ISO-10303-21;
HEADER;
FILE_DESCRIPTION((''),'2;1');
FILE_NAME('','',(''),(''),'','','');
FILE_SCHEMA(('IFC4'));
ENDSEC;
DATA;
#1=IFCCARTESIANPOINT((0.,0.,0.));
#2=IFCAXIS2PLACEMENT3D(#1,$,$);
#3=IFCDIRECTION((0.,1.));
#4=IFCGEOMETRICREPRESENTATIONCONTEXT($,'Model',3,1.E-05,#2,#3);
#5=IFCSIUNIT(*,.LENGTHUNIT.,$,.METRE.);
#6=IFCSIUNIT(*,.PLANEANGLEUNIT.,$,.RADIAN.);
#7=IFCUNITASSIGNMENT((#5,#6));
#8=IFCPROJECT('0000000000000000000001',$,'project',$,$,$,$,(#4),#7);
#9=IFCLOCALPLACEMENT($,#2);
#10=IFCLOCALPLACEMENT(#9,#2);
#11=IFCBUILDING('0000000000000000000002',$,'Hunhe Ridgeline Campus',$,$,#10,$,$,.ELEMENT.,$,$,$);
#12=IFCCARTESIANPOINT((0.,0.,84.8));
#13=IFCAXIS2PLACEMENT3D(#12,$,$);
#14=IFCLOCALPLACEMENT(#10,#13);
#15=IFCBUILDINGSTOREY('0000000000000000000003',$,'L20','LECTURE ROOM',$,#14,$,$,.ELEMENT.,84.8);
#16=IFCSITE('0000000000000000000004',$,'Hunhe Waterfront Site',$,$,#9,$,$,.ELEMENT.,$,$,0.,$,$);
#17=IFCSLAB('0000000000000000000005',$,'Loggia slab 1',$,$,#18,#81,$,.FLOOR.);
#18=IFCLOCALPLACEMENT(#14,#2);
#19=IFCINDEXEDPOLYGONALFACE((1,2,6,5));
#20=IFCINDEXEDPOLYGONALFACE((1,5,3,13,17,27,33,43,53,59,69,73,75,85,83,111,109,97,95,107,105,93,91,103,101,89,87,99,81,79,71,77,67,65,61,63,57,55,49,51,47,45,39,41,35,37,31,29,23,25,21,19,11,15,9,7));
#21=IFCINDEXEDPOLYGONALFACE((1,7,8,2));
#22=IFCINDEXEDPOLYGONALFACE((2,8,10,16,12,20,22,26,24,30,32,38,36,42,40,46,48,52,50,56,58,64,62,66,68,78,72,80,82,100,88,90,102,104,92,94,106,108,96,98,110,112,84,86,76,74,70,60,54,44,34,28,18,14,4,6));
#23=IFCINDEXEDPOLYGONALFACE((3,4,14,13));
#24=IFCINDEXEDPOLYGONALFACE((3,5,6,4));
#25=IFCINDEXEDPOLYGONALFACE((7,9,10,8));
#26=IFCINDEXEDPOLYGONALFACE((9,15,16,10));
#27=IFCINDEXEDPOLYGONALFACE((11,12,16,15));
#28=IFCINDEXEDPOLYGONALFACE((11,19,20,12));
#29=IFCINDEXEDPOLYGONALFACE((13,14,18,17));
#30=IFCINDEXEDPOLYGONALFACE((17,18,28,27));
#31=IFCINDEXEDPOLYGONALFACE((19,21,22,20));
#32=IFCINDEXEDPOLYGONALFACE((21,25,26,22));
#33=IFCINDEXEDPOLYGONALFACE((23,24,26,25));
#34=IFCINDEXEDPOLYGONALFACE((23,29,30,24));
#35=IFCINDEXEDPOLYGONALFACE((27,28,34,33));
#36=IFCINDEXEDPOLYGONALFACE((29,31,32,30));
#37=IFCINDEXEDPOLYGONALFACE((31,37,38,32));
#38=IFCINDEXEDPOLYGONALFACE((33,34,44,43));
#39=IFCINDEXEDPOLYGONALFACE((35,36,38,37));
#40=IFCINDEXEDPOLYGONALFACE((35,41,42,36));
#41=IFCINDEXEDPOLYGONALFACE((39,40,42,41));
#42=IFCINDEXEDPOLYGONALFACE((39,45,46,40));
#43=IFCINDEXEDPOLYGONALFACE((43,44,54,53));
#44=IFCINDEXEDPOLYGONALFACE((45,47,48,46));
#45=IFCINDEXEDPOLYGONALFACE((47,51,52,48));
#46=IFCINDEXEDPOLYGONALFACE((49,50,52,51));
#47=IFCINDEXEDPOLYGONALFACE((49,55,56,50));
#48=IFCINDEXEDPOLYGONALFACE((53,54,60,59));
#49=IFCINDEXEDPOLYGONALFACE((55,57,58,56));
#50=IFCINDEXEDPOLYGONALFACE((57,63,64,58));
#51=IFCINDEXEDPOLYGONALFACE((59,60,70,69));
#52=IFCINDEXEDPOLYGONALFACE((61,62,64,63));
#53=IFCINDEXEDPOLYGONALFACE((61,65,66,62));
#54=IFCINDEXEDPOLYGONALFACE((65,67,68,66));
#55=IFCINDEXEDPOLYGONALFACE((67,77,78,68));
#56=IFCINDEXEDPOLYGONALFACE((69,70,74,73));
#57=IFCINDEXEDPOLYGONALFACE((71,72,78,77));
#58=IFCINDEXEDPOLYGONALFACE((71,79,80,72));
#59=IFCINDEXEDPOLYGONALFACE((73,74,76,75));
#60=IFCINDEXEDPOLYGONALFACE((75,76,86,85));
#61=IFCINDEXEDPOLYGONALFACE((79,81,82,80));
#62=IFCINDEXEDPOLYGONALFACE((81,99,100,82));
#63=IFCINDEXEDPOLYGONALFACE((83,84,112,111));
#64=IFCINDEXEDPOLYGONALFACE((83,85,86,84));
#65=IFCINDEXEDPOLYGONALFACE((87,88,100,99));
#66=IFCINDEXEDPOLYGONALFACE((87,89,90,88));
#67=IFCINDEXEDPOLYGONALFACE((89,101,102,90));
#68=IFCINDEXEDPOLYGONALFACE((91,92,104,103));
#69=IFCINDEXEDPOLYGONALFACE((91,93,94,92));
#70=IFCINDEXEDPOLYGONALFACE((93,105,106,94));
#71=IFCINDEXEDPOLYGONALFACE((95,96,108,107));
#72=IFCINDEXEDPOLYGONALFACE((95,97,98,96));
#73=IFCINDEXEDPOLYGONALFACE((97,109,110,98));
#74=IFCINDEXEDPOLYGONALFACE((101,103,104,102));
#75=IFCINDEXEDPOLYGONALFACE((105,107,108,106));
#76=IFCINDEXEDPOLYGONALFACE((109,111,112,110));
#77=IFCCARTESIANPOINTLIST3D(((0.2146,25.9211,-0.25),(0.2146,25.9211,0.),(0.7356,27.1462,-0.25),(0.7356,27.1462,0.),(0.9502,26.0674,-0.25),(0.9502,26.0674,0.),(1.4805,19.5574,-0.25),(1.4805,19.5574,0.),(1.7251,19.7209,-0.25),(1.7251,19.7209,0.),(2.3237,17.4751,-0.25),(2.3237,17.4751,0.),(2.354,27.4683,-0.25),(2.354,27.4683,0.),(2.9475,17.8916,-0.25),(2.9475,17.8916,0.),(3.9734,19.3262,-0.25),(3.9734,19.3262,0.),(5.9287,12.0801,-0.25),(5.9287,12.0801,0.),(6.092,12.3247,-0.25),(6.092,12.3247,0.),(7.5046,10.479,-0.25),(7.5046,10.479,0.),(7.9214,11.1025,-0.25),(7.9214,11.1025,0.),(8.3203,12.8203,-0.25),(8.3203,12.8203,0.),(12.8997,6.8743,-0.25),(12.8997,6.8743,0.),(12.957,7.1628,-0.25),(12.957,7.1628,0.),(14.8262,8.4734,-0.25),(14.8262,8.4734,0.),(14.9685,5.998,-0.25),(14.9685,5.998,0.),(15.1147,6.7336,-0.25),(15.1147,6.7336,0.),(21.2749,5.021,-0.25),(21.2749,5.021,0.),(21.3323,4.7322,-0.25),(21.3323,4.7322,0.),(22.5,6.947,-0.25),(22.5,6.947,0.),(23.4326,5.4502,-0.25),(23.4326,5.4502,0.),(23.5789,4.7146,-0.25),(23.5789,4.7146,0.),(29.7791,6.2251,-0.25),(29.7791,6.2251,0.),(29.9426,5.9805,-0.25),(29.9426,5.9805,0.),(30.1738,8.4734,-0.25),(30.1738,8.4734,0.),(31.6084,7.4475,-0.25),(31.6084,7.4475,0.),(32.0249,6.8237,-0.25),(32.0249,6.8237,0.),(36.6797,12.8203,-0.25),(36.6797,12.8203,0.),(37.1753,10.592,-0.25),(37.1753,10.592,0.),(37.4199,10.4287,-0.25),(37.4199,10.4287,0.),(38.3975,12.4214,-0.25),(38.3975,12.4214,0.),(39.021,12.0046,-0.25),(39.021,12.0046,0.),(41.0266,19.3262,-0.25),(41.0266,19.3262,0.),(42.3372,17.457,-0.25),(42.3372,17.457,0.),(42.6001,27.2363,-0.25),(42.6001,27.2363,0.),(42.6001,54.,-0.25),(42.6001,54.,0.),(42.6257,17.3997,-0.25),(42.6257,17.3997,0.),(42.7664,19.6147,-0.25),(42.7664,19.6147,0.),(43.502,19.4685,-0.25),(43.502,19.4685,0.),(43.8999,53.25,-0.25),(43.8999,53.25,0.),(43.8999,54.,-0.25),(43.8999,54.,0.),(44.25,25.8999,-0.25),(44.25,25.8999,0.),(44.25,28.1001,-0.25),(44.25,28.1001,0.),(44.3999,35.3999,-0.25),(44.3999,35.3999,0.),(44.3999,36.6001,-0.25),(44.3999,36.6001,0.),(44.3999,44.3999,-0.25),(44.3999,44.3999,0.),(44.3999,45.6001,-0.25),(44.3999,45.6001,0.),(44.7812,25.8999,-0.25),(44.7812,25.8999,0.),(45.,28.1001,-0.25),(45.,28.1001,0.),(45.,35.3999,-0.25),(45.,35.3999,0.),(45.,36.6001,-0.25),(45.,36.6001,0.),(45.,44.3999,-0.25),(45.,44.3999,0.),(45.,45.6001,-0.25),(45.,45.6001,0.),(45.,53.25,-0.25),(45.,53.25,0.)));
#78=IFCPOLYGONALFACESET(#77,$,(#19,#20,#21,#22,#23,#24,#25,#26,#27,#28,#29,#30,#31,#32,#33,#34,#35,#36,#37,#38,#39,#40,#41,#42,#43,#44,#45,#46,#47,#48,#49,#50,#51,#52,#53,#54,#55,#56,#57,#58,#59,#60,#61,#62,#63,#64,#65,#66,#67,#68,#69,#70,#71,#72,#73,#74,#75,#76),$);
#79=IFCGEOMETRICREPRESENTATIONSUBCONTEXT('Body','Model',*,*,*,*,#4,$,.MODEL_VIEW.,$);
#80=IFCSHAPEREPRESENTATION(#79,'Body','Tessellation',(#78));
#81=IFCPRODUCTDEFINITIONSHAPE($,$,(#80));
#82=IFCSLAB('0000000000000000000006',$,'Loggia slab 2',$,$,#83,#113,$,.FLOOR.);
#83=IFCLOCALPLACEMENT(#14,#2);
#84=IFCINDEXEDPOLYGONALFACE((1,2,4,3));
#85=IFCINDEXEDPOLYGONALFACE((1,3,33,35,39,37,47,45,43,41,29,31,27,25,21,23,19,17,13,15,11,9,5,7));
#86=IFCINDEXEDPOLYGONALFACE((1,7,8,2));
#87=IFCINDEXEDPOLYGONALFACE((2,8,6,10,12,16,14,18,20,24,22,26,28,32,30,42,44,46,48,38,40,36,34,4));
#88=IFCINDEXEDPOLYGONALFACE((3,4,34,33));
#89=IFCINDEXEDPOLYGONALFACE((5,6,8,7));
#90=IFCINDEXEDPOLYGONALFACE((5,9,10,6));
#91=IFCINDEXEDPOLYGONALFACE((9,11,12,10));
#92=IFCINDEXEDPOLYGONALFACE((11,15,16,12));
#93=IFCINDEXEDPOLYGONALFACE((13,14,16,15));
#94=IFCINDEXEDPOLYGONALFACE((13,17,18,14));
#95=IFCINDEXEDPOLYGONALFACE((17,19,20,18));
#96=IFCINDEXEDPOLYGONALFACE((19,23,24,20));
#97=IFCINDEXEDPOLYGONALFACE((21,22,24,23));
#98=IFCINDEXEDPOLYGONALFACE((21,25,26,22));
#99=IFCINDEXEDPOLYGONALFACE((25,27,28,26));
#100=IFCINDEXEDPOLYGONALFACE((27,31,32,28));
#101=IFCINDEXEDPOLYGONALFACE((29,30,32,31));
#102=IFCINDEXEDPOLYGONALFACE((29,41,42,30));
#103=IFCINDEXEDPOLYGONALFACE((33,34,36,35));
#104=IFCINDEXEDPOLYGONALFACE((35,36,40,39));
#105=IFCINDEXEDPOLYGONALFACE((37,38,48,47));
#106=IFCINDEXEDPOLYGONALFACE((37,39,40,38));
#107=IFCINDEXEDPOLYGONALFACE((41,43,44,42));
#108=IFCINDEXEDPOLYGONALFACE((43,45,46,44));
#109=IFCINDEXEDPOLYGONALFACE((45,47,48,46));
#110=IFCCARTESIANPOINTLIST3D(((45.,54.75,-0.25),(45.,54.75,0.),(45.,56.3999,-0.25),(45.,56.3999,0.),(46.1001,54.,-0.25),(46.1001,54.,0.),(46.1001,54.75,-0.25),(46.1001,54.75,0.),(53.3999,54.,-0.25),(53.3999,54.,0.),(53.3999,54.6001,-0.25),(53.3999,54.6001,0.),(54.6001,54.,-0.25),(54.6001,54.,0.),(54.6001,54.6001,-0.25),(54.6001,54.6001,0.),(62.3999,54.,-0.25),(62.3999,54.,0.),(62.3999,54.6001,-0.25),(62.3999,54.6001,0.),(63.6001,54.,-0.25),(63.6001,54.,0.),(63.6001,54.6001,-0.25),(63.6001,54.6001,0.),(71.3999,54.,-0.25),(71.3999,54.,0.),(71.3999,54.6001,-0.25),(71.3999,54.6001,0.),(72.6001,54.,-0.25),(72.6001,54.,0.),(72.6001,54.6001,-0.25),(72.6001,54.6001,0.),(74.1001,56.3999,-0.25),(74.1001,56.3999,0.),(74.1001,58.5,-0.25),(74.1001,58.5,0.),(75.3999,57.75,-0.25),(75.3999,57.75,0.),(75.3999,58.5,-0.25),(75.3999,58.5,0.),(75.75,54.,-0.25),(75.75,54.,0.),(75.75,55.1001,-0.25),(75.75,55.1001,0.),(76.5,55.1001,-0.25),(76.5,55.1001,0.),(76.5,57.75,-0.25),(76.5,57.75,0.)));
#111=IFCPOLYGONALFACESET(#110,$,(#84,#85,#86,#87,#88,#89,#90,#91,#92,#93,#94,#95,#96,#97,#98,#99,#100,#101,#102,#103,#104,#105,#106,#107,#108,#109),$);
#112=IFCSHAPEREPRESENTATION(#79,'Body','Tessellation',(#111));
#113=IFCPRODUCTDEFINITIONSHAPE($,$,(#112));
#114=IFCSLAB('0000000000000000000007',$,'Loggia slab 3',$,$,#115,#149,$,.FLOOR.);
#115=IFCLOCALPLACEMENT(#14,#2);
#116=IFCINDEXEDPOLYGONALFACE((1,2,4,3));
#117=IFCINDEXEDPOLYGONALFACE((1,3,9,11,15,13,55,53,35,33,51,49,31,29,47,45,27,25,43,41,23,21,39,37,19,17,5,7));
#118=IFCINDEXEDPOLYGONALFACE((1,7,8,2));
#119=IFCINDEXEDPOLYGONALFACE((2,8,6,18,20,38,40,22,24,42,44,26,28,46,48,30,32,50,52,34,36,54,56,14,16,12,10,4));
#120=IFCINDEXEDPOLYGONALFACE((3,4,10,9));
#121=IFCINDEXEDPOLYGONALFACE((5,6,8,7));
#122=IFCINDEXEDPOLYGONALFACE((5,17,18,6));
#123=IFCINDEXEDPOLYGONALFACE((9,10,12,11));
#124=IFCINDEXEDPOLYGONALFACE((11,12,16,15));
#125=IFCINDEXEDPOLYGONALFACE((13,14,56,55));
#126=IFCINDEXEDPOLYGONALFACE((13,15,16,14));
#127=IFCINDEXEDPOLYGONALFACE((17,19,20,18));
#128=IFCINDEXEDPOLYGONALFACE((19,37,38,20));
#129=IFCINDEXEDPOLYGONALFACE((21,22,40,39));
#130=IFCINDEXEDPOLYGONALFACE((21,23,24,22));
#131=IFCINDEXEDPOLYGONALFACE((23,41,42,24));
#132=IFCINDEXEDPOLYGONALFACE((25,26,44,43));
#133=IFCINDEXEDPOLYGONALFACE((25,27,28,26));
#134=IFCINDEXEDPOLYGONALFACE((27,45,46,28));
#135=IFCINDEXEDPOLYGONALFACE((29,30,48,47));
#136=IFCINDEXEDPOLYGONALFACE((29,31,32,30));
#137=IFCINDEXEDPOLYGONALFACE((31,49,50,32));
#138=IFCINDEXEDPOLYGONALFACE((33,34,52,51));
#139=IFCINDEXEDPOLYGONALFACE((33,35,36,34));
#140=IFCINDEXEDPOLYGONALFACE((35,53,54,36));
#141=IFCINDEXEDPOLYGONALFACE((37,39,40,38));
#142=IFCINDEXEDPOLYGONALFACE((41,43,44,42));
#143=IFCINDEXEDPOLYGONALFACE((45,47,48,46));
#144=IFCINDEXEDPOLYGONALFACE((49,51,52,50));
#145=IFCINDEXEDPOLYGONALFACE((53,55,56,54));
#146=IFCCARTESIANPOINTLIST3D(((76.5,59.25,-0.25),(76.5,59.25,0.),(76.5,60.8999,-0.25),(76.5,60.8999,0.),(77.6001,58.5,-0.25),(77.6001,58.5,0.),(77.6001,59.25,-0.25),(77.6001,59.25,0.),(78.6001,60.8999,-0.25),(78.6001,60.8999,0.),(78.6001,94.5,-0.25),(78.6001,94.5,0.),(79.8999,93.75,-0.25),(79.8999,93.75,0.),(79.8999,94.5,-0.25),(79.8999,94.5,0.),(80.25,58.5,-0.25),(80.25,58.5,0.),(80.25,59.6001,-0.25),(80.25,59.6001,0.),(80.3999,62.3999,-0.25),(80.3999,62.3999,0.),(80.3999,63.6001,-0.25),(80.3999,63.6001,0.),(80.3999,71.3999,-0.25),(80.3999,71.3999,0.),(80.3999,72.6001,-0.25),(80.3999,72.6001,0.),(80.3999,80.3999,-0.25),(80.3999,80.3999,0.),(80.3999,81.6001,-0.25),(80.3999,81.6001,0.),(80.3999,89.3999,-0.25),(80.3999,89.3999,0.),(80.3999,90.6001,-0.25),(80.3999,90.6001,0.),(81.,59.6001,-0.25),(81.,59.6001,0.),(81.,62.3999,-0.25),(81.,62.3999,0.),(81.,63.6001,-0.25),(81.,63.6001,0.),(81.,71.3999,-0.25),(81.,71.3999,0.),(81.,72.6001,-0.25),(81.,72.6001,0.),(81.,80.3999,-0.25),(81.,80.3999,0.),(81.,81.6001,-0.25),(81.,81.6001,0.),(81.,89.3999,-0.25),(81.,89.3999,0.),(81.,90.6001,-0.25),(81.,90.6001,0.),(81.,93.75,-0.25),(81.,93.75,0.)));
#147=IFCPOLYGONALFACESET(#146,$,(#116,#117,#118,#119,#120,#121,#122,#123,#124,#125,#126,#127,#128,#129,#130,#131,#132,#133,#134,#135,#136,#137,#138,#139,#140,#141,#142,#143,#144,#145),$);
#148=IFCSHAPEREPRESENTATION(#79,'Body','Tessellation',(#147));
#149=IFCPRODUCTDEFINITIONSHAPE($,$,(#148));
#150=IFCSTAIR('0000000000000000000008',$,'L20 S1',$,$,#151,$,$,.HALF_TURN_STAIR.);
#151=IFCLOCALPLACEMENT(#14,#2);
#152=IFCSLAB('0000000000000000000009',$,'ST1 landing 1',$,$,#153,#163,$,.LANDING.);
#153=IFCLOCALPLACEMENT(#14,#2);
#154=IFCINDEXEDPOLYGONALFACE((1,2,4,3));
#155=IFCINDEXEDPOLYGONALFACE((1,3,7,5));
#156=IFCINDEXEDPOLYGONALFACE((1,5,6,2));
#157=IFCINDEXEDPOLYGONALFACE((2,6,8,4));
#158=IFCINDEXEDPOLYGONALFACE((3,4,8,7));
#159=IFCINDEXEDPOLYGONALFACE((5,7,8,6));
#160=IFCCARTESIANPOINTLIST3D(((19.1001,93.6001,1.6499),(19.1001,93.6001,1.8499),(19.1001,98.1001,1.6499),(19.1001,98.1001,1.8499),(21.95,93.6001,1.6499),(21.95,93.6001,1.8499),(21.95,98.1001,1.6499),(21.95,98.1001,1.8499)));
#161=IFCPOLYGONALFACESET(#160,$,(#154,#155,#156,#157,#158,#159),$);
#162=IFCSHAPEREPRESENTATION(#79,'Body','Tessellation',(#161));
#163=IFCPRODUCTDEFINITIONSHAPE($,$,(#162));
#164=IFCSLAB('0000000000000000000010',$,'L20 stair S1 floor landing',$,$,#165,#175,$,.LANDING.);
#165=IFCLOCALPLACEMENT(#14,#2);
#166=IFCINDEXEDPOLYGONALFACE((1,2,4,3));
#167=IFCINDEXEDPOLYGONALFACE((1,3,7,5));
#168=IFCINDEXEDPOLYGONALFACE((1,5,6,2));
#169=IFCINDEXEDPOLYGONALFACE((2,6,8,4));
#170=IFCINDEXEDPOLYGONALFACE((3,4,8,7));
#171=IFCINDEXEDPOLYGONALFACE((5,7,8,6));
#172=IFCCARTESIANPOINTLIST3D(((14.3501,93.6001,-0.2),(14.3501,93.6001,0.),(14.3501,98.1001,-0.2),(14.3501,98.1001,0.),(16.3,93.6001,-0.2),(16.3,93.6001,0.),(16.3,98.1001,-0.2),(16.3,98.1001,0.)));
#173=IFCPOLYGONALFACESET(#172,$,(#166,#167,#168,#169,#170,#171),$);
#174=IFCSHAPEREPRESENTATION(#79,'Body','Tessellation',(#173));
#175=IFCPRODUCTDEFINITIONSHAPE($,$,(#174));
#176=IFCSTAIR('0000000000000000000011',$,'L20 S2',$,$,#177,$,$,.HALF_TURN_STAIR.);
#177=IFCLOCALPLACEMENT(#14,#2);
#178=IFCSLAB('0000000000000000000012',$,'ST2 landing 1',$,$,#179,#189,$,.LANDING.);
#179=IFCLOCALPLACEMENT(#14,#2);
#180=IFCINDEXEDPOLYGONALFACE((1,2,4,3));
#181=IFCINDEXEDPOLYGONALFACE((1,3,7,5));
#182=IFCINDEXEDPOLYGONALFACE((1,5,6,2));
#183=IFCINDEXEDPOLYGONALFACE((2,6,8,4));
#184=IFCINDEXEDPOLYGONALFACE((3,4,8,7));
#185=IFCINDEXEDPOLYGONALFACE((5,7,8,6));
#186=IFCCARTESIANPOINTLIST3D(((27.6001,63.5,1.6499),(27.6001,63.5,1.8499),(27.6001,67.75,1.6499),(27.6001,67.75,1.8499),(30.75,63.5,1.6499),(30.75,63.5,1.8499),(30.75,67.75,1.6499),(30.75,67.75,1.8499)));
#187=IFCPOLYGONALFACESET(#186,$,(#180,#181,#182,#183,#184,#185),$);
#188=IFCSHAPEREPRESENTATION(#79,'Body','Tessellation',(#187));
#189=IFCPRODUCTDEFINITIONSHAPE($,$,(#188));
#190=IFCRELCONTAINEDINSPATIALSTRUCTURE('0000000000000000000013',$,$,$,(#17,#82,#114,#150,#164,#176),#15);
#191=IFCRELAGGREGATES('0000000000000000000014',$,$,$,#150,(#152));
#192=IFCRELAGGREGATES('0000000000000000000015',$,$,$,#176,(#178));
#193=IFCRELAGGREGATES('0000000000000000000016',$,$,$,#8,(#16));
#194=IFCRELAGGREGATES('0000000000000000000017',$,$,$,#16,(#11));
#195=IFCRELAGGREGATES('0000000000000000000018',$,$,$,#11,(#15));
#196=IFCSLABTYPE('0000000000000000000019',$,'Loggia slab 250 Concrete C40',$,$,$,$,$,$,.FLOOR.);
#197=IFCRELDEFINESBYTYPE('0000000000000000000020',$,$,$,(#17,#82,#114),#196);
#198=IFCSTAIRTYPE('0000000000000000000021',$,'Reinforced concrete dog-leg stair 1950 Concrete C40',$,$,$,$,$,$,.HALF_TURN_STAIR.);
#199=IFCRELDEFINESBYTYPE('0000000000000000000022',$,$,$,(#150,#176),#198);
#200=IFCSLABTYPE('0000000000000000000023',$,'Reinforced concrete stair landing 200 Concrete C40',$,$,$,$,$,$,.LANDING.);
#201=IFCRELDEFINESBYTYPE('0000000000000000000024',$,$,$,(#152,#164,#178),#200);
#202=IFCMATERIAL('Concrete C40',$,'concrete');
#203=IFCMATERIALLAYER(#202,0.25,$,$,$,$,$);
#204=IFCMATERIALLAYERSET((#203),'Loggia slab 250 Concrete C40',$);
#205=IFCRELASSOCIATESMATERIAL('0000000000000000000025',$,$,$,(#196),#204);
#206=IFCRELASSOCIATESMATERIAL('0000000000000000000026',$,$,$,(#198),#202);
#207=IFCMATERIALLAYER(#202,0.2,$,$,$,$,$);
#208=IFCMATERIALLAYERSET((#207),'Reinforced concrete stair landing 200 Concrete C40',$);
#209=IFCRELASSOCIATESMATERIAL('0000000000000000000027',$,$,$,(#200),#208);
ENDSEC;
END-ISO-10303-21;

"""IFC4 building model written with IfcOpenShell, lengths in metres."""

from ifc_helpers import new_model, si_unit, direction, frame, origin, place, context, subcontext, project, spatial, polyline, outline, extrude, material, layer, layer_set, type_object, element, aggregate, save


model = new_model("IFC4")

# Units and contexts
model_context = context("Model", 3, precision=1e-05, world=origin(), true_north=direction((0.0, 1.0)))
body_context = subcontext(model_context, "Body", "Model", "MODEL_VIEW")
ifc_project = project(units=[si_unit("LENGTHUNIT", "METRE"), si_unit("PLANEANGLEUNIT", "RADIAN")], contexts=[model_context])

# Site, building, storey
site_placement = place(None, origin())
site = spatial("IfcSite", under=ifc_project, at=site_placement, Name="Hunhe Waterfront Site", CompositionType="ELEMENT", RefElevation=0.0)
building_placement = place(site_placement, origin())
building = spatial("IfcBuilding", under=site, at=building_placement, Name="Hunhe Ridgeline Campus", CompositionType="ELEMENT")
storey_placement = place(building_placement, frame((0.0, 0.0, 84.8)))
storey = spatial("IfcBuildingStorey", under=building, at=storey_placement, Name="L20", Description="LECTURE ROOM", CompositionType="ELEMENT", Elevation=84.8)

# Slabs
ifc_material_1 = material(Name="Concrete C40", Category="concrete")
ifc_layer_1 = layer(ifc_material_1, 0.25)
ifc_layer_set_1 = layer_set([ifc_layer_1], Name="Loggia slab 250 Concrete C40")
slab_type_1 = type_object("IfcSlabType", Name="Loggia slab 250 Concrete C40", PredefinedType="FLOOR", material=ifc_layer_set_1)
slab_1_placement = place(storey_placement, frame((0.0, 0.0, -0.25)))
element("IfcSlab", 1, at=slab_1_placement, inside=storey, type_object=slab_type_1, Name="Loggia slab 1", PredefinedType="FLOOR", context=body_context, shape_type="SweptSolid", body=[
    extrude(outline(polyline([(30.1738, 8.4734), (22.5, 6.947), (14.8262, 8.4734), (8.3203, 12.8203), (3.9734, 19.3262), (2.354, 27.4683), (0.7356, 27.1462), (0.9502, 26.0674), (0.2146, 25.9211), (1.4805, 19.5574), (1.7251, 19.7209), (2.9475, 17.8916), (2.3237, 17.4751), (5.9287, 12.0801), (6.092, 12.3247), (7.9214, 11.1025), (7.5046, 10.479), (12.8997, 6.8743), (12.957, 7.1628), (15.1147, 6.7336), (14.9685, 5.998), (21.3323, 4.7322), (21.2749, 5.021), (23.4326, 5.4502), (23.5789, 4.7146), (29.9426, 5.9805), (29.7791, 6.2251), (31.6084, 7.4475), (32.0249, 6.8237), (37.4199, 10.4287), (37.1753, 10.592), (38.3975, 12.4214), (39.021, 12.0046), (42.6257, 17.3997), (42.3372, 17.457), (42.7664, 19.6147), (43.502, 19.4685), (44.7812, 25.8999), (44.25, 25.8999), (44.25, 28.1001), (45.0, 28.1001), (45.0, 35.3999), (44.3999, 35.3999), (44.3999, 36.6001), (45.0, 36.6001), (45.0, 44.3999), (44.3999, 44.3999), (44.3999, 45.6001), (45.0, 45.6001), (45.0, 53.25), (43.8999, 53.25), (43.8999, 54.0), (42.6001, 54.0), (42.6001, 27.2363), (41.0266, 19.3262), (36.6797, 12.8203), (30.1738, 8.4734)])), origin(), (0.0, 0.0, 1.0), 0.25),
])
slab_2_placement = place(storey_placement, frame((0.0, 0.0, -0.25)))
element("IfcSlab", 2, at=slab_2_placement, inside=storey, type_object=slab_type_1, Name="Loggia slab 2", PredefinedType="FLOOR", context=body_context, shape_type="SweptSolid", body=[
    extrude(outline(polyline([(45.0, 54.75), (46.1001, 54.75), (46.1001, 54.0), (53.3999, 54.0), (53.3999, 54.6001), (54.6001, 54.6001), (54.6001, 54.0), (62.3999, 54.0), (62.3999, 54.6001), (63.6001, 54.6001), (63.6001, 54.0), (71.3999, 54.0), (71.3999, 54.6001), (72.6001, 54.6001), (72.6001, 54.0), (75.75, 54.0), (75.75, 55.1001), (76.5, 55.1001), (76.5, 57.75), (75.3999, 57.75), (75.3999, 58.5), (74.1001, 58.5), (74.1001, 56.3999), (45.0, 56.3999), (45.0, 54.75)])), origin(), (0.0, 0.0, 1.0), 0.25),
])
slab_3_placement = place(storey_placement, frame((0.0, 0.0, -0.25)))
element("IfcSlab", 3, at=slab_3_placement, inside=storey, type_object=slab_type_1, Name="Loggia slab 3", PredefinedType="FLOOR", context=body_context, shape_type="SweptSolid", body=[
    extrude(outline(polyline([(76.5, 59.25), (77.6001, 59.25), (77.6001, 58.5), (80.25, 58.5), (80.25, 59.6001), (81.0, 59.6001), (81.0, 62.3999), (80.3999, 62.3999), (80.3999, 63.6001), (81.0, 63.6001), (81.0, 71.3999), (80.3999, 71.3999), (80.3999, 72.6001), (81.0, 72.6001), (81.0, 80.3999), (80.3999, 80.3999), (80.3999, 81.6001), (81.0, 81.6001), (81.0, 89.3999), (80.3999, 89.3999), (80.3999, 90.6001), (81.0, 90.6001), (81.0, 93.75), (79.8999, 93.75), (79.8999, 94.5), (78.6001, 94.5), (78.6001, 60.8999), (76.5, 60.8999), (76.5, 59.25)])), origin(), (0.0, 0.0, 1.0), 0.25),
])

# Stair, slab
stair_type = type_object("IfcStairType", Name="Reinforced concrete dog-leg stair 1950 Concrete C40", PredefinedType="HALF_TURN_STAIR", material=ifc_material_1)
stair_1_placement = place(storey_placement, origin())
stair_1 = element("IfcStair", 4, at=stair_1_placement, inside=storey, type_object=stair_type, Name="L20 S1", PredefinedType="HALF_TURN_STAIR")
ifc_layer_2 = layer(ifc_material_1, 0.2)
ifc_layer_set_2 = layer_set([ifc_layer_2], Name="Reinforced concrete stair landing 200 Concrete C40")
slab_type_2 = type_object("IfcSlabType", Name="Reinforced concrete stair landing 200 Concrete C40", PredefinedType="LANDING", material=ifc_layer_set_2)
slab_4_placement = place(storey_placement, frame((0.0, 0.0, 1.6499)))
slab_4 = element("IfcSlab", 5, at=slab_4_placement, type_object=slab_type_2, Name="ST1 landing 1", PredefinedType="LANDING", context=body_context, shape_type="SweptSolid", body=[
    extrude(outline(polyline([(19.1001, 93.6001), (21.95, 93.6001), (21.95, 98.1001), (19.1001, 98.1001), (19.1001, 93.6001)])), origin(), (0.0, 0.0, 1.0), 0.2),
])
aggregate(stair_1, [slab_4])

# Slab
slab_5_placement = place(storey_placement, frame((0.0, 0.0, -0.2)))
element("IfcSlab", 6, at=slab_5_placement, inside=storey, type_object=slab_type_2, Name="L20 stair S1 floor landing", PredefinedType="LANDING", context=body_context, shape_type="SweptSolid", body=[
    extrude(outline(polyline([(14.3501, 93.6001), (16.3, 93.6001), (16.3, 98.1001), (14.3501, 98.1001), (14.3501, 93.6001)])), origin(), (0.0, 0.0, 1.0), 0.2),
])

# Stair, slab
stair_2_placement = place(storey_placement, origin())
stair_2 = element("IfcStair", 7, at=stair_2_placement, inside=storey, type_object=stair_type, Name="L20 S2", PredefinedType="HALF_TURN_STAIR")
slab_6_placement = place(storey_placement, frame((0.0, 0.0, 1.6499)))
slab_6 = element("IfcSlab", 8, at=slab_6_placement, type_object=slab_type_2, Name="ST2 landing 1", PredefinedType="LANDING", context=body_context, shape_type="SweptSolid", body=[
    extrude(outline(polyline([(30.75, 67.75), (27.6001, 67.75), (27.6001, 63.5), (30.75, 63.5), (30.75, 67.75)])), origin(), (0.0, 0.0, 1.0), 0.2),
])
aggregate(stair_2, [slab_6])

save(model, "model.ifc")
